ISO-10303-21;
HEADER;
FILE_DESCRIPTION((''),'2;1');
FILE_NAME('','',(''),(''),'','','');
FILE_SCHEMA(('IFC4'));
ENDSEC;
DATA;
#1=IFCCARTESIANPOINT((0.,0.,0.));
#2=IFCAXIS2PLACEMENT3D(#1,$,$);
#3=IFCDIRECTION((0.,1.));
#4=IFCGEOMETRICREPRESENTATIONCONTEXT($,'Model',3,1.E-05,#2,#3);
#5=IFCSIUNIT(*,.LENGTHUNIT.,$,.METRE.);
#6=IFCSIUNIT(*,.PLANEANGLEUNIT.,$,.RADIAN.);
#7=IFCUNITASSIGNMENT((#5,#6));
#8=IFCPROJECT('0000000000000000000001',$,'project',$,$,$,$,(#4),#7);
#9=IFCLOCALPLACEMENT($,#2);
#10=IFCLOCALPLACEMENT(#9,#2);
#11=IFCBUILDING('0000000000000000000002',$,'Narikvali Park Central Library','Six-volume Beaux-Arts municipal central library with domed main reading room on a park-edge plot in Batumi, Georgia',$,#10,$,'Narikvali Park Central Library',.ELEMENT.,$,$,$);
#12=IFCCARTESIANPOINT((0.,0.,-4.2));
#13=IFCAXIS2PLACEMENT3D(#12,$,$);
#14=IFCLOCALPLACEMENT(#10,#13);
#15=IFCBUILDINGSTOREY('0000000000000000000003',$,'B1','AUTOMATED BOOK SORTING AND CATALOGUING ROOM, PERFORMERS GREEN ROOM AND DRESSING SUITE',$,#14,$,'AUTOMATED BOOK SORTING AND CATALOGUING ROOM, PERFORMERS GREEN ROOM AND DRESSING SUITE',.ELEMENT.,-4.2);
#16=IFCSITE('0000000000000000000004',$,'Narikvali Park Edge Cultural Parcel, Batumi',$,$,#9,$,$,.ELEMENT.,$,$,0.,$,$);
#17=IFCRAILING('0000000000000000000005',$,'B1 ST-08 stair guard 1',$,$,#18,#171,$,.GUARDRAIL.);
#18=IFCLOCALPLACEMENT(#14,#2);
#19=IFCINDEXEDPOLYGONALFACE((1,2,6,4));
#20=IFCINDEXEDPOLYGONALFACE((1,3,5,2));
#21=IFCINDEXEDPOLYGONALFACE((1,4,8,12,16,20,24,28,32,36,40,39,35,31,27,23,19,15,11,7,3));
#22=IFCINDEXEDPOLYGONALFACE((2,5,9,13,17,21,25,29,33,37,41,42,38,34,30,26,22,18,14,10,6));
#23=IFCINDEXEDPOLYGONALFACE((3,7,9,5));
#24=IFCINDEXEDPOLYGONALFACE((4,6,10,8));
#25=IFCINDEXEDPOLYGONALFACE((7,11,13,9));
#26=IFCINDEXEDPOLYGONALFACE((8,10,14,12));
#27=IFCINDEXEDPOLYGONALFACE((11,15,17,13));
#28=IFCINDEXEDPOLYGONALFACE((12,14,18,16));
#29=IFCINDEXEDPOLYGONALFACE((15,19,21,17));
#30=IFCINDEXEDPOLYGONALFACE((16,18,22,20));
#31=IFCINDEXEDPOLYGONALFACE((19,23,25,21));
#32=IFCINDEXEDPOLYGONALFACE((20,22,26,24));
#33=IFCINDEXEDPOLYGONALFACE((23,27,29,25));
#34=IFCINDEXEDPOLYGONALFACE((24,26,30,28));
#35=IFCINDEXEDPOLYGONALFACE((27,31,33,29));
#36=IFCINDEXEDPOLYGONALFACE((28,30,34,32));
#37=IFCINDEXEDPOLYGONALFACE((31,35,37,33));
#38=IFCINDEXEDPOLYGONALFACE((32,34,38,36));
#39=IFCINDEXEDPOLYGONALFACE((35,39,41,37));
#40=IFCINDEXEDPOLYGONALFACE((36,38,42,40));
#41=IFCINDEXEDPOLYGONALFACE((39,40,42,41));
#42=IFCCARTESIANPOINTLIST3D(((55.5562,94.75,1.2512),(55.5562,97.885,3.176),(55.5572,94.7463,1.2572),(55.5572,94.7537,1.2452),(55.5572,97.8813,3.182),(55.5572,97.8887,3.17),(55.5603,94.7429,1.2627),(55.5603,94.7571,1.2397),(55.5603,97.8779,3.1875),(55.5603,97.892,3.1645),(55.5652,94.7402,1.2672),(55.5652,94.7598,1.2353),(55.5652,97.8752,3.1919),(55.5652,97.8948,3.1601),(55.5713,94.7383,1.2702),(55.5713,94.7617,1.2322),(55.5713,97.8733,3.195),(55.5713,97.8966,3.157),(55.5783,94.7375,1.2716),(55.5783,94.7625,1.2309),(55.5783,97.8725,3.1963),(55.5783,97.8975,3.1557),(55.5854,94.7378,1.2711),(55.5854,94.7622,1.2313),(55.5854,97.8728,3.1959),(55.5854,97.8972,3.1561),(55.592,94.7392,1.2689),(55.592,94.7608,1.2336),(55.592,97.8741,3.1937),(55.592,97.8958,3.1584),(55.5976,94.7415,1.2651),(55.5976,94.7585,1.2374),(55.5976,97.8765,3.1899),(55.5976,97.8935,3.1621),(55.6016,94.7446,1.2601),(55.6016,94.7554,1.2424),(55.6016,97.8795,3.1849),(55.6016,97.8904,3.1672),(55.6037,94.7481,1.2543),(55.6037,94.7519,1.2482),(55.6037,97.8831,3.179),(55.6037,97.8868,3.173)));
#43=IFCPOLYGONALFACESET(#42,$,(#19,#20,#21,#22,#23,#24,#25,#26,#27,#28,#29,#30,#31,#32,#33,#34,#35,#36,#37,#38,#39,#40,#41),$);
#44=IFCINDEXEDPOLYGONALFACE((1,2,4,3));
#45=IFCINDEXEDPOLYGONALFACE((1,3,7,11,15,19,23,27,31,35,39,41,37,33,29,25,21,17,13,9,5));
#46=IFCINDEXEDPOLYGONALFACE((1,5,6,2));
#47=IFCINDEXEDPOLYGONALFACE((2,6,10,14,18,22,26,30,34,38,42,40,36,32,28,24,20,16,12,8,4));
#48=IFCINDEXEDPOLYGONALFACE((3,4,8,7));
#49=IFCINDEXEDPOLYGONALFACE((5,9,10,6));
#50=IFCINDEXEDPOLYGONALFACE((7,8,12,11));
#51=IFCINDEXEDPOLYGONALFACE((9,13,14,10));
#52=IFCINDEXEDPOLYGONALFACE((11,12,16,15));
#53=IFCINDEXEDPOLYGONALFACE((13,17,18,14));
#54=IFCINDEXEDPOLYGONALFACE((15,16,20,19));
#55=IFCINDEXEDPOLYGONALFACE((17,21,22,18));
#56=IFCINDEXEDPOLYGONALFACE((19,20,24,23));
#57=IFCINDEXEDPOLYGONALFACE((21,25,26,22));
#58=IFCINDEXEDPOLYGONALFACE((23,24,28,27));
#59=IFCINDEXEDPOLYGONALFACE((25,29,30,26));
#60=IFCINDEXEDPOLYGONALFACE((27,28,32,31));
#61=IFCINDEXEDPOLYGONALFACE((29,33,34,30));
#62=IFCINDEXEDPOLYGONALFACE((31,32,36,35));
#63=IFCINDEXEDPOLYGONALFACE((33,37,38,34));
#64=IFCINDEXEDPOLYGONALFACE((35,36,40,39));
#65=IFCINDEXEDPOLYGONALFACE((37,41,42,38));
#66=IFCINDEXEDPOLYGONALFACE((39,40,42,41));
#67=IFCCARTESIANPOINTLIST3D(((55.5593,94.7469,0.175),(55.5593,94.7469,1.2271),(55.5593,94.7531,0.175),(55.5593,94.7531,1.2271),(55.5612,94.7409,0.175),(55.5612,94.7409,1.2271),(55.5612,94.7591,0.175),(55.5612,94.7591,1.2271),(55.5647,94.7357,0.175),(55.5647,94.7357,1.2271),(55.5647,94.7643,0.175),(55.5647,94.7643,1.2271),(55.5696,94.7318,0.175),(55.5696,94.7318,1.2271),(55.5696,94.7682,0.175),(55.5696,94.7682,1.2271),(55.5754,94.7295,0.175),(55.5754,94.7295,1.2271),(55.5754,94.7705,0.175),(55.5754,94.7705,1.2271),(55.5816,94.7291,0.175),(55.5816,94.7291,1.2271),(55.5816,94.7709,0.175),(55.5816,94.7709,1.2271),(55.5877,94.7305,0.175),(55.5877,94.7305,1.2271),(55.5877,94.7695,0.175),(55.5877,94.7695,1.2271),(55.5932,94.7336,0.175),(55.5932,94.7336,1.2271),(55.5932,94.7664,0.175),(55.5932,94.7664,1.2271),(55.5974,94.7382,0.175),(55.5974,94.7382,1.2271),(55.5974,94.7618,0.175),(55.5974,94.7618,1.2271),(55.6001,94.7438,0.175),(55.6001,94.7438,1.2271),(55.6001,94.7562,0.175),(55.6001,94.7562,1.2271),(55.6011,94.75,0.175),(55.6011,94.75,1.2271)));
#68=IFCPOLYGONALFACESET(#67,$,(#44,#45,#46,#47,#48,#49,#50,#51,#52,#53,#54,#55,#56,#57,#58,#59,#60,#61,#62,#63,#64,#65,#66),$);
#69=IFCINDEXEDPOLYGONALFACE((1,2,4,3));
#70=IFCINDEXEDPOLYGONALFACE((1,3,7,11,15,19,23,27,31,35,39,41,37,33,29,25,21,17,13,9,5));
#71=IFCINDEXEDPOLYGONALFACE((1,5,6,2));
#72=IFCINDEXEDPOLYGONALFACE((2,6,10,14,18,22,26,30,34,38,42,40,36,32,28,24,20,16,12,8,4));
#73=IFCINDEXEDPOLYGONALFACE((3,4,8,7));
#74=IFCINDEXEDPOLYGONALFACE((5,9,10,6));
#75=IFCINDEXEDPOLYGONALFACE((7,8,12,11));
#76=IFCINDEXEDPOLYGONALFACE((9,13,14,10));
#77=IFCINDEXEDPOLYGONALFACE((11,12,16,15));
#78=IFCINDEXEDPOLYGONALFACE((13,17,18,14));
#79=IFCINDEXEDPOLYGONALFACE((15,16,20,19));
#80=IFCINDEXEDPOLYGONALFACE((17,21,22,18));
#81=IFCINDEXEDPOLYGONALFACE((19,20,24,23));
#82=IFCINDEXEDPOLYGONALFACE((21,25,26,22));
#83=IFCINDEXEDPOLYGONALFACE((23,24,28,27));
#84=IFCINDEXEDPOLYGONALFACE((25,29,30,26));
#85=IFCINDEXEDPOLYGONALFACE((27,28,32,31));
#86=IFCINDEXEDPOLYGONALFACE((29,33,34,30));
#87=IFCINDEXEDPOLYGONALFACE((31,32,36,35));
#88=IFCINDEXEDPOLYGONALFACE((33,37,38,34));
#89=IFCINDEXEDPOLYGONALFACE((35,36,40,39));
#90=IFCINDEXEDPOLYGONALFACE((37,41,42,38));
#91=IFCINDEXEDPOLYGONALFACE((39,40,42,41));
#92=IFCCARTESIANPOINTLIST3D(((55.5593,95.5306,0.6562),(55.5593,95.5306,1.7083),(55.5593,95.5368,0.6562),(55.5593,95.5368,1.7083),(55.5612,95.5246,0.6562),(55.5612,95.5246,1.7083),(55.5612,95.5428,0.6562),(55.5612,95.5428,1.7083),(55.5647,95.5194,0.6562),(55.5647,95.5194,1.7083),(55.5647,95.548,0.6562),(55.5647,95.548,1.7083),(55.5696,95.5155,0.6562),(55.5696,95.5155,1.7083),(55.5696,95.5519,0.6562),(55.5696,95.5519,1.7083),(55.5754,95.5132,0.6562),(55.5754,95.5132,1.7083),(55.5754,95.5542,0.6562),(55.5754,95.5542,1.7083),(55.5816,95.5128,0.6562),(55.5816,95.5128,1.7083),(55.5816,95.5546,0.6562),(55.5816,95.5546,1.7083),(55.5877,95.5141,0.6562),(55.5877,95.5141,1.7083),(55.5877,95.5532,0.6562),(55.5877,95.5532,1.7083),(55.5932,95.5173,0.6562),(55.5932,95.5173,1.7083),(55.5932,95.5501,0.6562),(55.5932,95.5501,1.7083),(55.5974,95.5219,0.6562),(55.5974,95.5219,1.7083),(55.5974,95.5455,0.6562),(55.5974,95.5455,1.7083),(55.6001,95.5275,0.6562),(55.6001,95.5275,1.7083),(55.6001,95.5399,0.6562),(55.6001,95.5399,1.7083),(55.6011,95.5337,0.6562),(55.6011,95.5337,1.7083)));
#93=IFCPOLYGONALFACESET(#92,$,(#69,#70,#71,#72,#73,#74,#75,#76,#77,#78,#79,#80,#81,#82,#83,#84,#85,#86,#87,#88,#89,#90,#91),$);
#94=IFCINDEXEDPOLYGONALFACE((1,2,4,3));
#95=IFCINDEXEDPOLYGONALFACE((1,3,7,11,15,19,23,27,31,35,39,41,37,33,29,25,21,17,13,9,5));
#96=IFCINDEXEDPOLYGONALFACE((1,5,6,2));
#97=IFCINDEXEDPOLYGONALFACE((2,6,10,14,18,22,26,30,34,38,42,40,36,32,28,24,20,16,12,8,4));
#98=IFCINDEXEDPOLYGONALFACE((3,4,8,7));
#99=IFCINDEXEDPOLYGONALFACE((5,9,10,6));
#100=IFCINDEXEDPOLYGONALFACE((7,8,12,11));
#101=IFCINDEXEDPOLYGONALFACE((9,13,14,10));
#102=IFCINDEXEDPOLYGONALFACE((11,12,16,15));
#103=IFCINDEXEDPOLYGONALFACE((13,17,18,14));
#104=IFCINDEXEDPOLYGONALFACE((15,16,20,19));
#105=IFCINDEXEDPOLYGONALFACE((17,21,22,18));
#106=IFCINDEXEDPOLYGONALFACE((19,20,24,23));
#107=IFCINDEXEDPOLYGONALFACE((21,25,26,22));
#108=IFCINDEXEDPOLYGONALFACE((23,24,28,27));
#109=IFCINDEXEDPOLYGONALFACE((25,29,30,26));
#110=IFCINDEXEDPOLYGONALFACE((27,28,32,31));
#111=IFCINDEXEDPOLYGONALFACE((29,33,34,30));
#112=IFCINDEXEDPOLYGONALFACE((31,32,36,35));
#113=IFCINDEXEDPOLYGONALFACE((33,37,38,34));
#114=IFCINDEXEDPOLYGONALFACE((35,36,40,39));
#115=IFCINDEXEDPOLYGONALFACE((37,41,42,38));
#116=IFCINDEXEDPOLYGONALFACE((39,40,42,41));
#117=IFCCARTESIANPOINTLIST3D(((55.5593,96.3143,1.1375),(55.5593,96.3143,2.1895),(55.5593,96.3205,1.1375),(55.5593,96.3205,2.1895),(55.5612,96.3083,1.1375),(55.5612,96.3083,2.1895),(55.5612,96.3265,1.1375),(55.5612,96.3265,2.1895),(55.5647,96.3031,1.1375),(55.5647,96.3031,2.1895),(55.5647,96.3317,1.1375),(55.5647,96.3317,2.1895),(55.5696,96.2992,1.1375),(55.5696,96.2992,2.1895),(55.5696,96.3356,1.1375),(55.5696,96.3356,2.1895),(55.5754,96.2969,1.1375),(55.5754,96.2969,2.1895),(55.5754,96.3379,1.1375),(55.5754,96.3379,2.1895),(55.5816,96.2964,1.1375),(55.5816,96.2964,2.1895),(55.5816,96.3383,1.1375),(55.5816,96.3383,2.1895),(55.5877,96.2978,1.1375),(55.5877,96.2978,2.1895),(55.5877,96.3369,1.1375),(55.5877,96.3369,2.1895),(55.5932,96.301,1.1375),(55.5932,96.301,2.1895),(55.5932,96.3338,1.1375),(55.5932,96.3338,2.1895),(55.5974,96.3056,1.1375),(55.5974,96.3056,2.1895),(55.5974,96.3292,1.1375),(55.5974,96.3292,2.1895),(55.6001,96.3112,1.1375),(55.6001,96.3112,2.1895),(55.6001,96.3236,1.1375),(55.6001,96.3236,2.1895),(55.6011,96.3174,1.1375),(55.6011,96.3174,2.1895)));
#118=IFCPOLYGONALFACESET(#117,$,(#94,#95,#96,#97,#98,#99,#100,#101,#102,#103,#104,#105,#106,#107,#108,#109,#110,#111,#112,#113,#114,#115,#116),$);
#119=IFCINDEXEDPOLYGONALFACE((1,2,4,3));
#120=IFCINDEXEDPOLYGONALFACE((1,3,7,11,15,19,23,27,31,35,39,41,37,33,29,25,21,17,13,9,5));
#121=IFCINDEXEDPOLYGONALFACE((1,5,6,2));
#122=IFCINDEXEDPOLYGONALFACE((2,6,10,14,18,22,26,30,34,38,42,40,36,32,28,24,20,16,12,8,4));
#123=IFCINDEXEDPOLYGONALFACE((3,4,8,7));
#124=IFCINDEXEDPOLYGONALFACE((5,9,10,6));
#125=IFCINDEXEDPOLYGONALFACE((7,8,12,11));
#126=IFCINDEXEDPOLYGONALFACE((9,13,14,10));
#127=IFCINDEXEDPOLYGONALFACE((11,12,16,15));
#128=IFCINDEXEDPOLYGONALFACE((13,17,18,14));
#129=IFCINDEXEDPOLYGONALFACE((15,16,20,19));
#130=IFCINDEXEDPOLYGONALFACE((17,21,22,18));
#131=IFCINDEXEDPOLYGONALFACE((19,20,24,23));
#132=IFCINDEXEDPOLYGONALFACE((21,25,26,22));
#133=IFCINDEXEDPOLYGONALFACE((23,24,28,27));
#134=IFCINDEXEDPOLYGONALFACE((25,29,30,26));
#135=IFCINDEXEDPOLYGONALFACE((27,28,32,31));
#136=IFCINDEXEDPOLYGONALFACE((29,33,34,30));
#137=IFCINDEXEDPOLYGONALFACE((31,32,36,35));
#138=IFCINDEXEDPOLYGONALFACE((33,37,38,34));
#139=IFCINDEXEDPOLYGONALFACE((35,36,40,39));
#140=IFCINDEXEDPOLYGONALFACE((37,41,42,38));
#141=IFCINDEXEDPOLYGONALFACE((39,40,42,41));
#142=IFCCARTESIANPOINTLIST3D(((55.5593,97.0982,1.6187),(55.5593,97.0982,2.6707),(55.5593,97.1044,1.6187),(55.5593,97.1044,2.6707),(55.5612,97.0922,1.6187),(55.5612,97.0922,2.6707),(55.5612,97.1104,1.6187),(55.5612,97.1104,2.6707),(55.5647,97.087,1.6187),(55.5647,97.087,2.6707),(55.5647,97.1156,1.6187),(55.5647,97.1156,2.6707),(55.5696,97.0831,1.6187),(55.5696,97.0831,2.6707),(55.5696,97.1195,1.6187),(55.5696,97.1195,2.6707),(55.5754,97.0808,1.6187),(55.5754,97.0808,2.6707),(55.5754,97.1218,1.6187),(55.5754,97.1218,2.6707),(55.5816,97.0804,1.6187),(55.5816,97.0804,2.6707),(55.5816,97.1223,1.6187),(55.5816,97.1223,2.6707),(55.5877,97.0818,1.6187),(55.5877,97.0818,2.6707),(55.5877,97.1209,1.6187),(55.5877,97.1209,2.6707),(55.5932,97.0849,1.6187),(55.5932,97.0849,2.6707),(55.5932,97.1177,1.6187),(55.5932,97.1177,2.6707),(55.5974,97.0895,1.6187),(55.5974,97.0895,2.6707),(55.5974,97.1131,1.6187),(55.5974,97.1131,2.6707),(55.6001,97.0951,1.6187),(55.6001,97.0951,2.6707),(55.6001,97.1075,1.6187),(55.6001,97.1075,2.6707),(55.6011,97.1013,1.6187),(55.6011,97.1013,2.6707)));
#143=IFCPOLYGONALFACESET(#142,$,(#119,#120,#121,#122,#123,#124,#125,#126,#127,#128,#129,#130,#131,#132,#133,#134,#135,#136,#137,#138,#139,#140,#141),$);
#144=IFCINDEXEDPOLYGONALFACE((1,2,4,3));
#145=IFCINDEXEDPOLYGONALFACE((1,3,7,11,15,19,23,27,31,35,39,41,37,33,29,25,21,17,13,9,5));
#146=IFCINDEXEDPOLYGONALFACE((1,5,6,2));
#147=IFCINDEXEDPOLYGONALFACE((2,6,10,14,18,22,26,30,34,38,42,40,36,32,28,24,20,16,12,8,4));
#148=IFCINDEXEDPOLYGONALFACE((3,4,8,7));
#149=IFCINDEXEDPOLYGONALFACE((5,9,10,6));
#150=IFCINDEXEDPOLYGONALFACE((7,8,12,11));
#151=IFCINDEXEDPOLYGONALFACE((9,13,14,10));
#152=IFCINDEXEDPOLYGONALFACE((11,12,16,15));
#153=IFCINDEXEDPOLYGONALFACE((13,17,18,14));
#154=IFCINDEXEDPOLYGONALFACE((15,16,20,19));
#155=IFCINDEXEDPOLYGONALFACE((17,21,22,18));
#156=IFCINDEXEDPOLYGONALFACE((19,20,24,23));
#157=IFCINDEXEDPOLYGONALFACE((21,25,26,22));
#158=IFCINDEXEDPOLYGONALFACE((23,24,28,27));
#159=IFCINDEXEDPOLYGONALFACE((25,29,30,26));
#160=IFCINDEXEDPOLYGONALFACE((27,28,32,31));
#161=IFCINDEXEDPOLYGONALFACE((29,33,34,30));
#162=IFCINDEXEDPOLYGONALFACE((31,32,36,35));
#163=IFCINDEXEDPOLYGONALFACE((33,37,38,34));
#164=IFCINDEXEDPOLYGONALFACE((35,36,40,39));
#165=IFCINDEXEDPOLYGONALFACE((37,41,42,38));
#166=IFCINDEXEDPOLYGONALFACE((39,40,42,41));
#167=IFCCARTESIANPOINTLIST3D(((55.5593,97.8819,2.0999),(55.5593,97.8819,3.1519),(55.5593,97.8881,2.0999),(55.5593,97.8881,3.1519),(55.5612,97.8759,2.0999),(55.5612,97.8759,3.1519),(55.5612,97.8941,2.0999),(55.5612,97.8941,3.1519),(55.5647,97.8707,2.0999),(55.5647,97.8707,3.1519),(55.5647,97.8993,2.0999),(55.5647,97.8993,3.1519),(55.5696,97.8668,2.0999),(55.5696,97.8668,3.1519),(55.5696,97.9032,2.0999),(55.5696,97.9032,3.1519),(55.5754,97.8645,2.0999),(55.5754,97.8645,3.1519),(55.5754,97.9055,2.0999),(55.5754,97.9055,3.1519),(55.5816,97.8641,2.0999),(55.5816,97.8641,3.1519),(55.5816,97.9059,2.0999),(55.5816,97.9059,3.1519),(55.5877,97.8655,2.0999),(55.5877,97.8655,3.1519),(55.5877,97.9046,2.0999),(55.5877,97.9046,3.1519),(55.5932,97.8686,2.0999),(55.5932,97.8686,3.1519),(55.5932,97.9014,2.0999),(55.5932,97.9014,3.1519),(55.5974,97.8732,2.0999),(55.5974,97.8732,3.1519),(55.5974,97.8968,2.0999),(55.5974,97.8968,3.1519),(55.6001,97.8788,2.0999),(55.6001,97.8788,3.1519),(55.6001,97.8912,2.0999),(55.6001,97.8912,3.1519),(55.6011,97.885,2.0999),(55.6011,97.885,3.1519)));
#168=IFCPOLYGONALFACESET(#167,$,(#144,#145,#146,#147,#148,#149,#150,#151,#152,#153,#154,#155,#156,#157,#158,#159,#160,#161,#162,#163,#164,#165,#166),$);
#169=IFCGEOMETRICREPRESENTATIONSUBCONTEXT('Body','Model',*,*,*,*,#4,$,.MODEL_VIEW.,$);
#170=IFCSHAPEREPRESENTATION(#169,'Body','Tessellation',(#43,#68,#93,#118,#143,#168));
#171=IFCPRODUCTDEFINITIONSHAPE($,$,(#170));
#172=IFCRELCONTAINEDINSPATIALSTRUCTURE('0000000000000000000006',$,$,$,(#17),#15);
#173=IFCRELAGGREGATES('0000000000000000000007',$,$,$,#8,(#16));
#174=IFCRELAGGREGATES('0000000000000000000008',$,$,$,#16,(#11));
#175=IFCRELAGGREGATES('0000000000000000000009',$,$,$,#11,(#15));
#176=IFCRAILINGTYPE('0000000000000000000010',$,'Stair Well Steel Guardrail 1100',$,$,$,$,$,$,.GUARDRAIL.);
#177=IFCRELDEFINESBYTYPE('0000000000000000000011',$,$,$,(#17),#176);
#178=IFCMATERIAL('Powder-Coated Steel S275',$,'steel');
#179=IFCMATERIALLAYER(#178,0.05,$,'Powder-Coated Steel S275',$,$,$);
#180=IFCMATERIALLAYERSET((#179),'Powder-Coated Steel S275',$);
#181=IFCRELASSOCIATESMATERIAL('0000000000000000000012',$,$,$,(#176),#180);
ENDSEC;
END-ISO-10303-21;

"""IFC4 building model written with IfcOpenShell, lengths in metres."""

from ifc_helpers import new_model, si_unit, direction, frame, origin, origin_2d, place, context, subcontext, project, spatial, circle, extrude, material, layer, layer_set, type_object, element, save


model = new_model("IFC4")

# Units and contexts
model_context = context("Model", 3, precision=1e-05, world=origin(), true_north=direction((0.0, 1.0)))
body_context = subcontext(model_context, "Body", "Model", "MODEL_VIEW")
ifc_project = project(units=[si_unit("LENGTHUNIT", "METRE"), si_unit("PLANEANGLEUNIT", "RADIAN")], contexts=[model_context])

# Site, building, storey
site_placement = place(None, origin())
site = spatial("IfcSite", under=ifc_project, at=site_placement, Name="Narikvali Park Edge Cultural Parcel, Batumi", CompositionType="ELEMENT", RefElevation=0.0)
building_placement = place(site_placement, origin())
building = spatial("IfcBuilding", under=site, at=building_placement, Name="Narikvali Park Central Library", Description="Six-volume Beaux-Arts municipal central library with domed main reading room on a park-edge plot in Batumi, Georgia", LongName="Narikvali Park Central Library", CompositionType="ELEMENT")
storey_placement = place(building_placement, frame((0.0, 0.0, -4.2)))
storey = spatial("IfcBuildingStorey", under=building, at=storey_placement, Name="B1", Description="AUTOMATED BOOK SORTING AND CATALOGUING ROOM, PERFORMERS GREEN ROOM AND DRESSING SUITE", LongName="AUTOMATED BOOK SORTING AND CATALOGUING ROOM, PERFORMERS GREEN ROOM AND DRESSING SUITE", CompositionType="ELEMENT", Elevation=-4.2)

# Railing
ifc_material_1 = material(Name="Powder-Coated Steel S275", Category="steel")
ifc_layer_1 = layer(ifc_material_1, 0.05, Name="Powder-Coated Steel S275")
ifc_layer_set_1 = layer_set([ifc_layer_1], Name="Powder-Coated Steel S275")
railing_type_1 = type_object("IfcRailingType", Name="Stair Well Steel Guardrail 1100", PredefinedType="GUARDRAIL", material=ifc_layer_set_1)
railing_1_placement = place(storey_placement, frame((55.5801, 94.75, 0.175)))
element("IfcRailing", 1, at=railing_1_placement, inside=storey, type_object=railing_type_1, Name="B1 ST-08 stair guard 1", PredefinedType="GUARDRAIL", context=body_context, shape_type="SweptSolid", body=[
    extrude(circle(Radius=0.0239, at=origin_2d()), frame((0.0, 0.0, 1.0762), z_axis=(0.0, 0.852196, 0.523223), x_axis=(-1.0, 0.0, 0.0)), (0.0, 0.0, 1.0), 3.6787),
    extrude(circle(Radius=0.021, at=origin_2d()), origin(), (0.0, 0.0, 1.0), 1.052),
    extrude(circle(Radius=0.021, at=origin_2d()), frame((0.0, 0.7837, 0.4812)), (0.0, 0.0, 1.0), 1.052),
    extrude(circle(Radius=0.021, at=origin_2d()), frame((0.0, 1.5674, 0.9624)), (0.0, 0.0, 1.0), 1.052),
    extrude(circle(Radius=0.021, at=origin_2d()), frame((0.0, 2.3513, 1.4436)), (0.0, 0.0, 1.0), 1.052),
    extrude(circle(Radius=0.021, at=origin_2d()), frame((0.0, 3.135, 1.9248)), (0.0, 0.0, 1.0), 1.052),
])

save(model, "model.ifc")
